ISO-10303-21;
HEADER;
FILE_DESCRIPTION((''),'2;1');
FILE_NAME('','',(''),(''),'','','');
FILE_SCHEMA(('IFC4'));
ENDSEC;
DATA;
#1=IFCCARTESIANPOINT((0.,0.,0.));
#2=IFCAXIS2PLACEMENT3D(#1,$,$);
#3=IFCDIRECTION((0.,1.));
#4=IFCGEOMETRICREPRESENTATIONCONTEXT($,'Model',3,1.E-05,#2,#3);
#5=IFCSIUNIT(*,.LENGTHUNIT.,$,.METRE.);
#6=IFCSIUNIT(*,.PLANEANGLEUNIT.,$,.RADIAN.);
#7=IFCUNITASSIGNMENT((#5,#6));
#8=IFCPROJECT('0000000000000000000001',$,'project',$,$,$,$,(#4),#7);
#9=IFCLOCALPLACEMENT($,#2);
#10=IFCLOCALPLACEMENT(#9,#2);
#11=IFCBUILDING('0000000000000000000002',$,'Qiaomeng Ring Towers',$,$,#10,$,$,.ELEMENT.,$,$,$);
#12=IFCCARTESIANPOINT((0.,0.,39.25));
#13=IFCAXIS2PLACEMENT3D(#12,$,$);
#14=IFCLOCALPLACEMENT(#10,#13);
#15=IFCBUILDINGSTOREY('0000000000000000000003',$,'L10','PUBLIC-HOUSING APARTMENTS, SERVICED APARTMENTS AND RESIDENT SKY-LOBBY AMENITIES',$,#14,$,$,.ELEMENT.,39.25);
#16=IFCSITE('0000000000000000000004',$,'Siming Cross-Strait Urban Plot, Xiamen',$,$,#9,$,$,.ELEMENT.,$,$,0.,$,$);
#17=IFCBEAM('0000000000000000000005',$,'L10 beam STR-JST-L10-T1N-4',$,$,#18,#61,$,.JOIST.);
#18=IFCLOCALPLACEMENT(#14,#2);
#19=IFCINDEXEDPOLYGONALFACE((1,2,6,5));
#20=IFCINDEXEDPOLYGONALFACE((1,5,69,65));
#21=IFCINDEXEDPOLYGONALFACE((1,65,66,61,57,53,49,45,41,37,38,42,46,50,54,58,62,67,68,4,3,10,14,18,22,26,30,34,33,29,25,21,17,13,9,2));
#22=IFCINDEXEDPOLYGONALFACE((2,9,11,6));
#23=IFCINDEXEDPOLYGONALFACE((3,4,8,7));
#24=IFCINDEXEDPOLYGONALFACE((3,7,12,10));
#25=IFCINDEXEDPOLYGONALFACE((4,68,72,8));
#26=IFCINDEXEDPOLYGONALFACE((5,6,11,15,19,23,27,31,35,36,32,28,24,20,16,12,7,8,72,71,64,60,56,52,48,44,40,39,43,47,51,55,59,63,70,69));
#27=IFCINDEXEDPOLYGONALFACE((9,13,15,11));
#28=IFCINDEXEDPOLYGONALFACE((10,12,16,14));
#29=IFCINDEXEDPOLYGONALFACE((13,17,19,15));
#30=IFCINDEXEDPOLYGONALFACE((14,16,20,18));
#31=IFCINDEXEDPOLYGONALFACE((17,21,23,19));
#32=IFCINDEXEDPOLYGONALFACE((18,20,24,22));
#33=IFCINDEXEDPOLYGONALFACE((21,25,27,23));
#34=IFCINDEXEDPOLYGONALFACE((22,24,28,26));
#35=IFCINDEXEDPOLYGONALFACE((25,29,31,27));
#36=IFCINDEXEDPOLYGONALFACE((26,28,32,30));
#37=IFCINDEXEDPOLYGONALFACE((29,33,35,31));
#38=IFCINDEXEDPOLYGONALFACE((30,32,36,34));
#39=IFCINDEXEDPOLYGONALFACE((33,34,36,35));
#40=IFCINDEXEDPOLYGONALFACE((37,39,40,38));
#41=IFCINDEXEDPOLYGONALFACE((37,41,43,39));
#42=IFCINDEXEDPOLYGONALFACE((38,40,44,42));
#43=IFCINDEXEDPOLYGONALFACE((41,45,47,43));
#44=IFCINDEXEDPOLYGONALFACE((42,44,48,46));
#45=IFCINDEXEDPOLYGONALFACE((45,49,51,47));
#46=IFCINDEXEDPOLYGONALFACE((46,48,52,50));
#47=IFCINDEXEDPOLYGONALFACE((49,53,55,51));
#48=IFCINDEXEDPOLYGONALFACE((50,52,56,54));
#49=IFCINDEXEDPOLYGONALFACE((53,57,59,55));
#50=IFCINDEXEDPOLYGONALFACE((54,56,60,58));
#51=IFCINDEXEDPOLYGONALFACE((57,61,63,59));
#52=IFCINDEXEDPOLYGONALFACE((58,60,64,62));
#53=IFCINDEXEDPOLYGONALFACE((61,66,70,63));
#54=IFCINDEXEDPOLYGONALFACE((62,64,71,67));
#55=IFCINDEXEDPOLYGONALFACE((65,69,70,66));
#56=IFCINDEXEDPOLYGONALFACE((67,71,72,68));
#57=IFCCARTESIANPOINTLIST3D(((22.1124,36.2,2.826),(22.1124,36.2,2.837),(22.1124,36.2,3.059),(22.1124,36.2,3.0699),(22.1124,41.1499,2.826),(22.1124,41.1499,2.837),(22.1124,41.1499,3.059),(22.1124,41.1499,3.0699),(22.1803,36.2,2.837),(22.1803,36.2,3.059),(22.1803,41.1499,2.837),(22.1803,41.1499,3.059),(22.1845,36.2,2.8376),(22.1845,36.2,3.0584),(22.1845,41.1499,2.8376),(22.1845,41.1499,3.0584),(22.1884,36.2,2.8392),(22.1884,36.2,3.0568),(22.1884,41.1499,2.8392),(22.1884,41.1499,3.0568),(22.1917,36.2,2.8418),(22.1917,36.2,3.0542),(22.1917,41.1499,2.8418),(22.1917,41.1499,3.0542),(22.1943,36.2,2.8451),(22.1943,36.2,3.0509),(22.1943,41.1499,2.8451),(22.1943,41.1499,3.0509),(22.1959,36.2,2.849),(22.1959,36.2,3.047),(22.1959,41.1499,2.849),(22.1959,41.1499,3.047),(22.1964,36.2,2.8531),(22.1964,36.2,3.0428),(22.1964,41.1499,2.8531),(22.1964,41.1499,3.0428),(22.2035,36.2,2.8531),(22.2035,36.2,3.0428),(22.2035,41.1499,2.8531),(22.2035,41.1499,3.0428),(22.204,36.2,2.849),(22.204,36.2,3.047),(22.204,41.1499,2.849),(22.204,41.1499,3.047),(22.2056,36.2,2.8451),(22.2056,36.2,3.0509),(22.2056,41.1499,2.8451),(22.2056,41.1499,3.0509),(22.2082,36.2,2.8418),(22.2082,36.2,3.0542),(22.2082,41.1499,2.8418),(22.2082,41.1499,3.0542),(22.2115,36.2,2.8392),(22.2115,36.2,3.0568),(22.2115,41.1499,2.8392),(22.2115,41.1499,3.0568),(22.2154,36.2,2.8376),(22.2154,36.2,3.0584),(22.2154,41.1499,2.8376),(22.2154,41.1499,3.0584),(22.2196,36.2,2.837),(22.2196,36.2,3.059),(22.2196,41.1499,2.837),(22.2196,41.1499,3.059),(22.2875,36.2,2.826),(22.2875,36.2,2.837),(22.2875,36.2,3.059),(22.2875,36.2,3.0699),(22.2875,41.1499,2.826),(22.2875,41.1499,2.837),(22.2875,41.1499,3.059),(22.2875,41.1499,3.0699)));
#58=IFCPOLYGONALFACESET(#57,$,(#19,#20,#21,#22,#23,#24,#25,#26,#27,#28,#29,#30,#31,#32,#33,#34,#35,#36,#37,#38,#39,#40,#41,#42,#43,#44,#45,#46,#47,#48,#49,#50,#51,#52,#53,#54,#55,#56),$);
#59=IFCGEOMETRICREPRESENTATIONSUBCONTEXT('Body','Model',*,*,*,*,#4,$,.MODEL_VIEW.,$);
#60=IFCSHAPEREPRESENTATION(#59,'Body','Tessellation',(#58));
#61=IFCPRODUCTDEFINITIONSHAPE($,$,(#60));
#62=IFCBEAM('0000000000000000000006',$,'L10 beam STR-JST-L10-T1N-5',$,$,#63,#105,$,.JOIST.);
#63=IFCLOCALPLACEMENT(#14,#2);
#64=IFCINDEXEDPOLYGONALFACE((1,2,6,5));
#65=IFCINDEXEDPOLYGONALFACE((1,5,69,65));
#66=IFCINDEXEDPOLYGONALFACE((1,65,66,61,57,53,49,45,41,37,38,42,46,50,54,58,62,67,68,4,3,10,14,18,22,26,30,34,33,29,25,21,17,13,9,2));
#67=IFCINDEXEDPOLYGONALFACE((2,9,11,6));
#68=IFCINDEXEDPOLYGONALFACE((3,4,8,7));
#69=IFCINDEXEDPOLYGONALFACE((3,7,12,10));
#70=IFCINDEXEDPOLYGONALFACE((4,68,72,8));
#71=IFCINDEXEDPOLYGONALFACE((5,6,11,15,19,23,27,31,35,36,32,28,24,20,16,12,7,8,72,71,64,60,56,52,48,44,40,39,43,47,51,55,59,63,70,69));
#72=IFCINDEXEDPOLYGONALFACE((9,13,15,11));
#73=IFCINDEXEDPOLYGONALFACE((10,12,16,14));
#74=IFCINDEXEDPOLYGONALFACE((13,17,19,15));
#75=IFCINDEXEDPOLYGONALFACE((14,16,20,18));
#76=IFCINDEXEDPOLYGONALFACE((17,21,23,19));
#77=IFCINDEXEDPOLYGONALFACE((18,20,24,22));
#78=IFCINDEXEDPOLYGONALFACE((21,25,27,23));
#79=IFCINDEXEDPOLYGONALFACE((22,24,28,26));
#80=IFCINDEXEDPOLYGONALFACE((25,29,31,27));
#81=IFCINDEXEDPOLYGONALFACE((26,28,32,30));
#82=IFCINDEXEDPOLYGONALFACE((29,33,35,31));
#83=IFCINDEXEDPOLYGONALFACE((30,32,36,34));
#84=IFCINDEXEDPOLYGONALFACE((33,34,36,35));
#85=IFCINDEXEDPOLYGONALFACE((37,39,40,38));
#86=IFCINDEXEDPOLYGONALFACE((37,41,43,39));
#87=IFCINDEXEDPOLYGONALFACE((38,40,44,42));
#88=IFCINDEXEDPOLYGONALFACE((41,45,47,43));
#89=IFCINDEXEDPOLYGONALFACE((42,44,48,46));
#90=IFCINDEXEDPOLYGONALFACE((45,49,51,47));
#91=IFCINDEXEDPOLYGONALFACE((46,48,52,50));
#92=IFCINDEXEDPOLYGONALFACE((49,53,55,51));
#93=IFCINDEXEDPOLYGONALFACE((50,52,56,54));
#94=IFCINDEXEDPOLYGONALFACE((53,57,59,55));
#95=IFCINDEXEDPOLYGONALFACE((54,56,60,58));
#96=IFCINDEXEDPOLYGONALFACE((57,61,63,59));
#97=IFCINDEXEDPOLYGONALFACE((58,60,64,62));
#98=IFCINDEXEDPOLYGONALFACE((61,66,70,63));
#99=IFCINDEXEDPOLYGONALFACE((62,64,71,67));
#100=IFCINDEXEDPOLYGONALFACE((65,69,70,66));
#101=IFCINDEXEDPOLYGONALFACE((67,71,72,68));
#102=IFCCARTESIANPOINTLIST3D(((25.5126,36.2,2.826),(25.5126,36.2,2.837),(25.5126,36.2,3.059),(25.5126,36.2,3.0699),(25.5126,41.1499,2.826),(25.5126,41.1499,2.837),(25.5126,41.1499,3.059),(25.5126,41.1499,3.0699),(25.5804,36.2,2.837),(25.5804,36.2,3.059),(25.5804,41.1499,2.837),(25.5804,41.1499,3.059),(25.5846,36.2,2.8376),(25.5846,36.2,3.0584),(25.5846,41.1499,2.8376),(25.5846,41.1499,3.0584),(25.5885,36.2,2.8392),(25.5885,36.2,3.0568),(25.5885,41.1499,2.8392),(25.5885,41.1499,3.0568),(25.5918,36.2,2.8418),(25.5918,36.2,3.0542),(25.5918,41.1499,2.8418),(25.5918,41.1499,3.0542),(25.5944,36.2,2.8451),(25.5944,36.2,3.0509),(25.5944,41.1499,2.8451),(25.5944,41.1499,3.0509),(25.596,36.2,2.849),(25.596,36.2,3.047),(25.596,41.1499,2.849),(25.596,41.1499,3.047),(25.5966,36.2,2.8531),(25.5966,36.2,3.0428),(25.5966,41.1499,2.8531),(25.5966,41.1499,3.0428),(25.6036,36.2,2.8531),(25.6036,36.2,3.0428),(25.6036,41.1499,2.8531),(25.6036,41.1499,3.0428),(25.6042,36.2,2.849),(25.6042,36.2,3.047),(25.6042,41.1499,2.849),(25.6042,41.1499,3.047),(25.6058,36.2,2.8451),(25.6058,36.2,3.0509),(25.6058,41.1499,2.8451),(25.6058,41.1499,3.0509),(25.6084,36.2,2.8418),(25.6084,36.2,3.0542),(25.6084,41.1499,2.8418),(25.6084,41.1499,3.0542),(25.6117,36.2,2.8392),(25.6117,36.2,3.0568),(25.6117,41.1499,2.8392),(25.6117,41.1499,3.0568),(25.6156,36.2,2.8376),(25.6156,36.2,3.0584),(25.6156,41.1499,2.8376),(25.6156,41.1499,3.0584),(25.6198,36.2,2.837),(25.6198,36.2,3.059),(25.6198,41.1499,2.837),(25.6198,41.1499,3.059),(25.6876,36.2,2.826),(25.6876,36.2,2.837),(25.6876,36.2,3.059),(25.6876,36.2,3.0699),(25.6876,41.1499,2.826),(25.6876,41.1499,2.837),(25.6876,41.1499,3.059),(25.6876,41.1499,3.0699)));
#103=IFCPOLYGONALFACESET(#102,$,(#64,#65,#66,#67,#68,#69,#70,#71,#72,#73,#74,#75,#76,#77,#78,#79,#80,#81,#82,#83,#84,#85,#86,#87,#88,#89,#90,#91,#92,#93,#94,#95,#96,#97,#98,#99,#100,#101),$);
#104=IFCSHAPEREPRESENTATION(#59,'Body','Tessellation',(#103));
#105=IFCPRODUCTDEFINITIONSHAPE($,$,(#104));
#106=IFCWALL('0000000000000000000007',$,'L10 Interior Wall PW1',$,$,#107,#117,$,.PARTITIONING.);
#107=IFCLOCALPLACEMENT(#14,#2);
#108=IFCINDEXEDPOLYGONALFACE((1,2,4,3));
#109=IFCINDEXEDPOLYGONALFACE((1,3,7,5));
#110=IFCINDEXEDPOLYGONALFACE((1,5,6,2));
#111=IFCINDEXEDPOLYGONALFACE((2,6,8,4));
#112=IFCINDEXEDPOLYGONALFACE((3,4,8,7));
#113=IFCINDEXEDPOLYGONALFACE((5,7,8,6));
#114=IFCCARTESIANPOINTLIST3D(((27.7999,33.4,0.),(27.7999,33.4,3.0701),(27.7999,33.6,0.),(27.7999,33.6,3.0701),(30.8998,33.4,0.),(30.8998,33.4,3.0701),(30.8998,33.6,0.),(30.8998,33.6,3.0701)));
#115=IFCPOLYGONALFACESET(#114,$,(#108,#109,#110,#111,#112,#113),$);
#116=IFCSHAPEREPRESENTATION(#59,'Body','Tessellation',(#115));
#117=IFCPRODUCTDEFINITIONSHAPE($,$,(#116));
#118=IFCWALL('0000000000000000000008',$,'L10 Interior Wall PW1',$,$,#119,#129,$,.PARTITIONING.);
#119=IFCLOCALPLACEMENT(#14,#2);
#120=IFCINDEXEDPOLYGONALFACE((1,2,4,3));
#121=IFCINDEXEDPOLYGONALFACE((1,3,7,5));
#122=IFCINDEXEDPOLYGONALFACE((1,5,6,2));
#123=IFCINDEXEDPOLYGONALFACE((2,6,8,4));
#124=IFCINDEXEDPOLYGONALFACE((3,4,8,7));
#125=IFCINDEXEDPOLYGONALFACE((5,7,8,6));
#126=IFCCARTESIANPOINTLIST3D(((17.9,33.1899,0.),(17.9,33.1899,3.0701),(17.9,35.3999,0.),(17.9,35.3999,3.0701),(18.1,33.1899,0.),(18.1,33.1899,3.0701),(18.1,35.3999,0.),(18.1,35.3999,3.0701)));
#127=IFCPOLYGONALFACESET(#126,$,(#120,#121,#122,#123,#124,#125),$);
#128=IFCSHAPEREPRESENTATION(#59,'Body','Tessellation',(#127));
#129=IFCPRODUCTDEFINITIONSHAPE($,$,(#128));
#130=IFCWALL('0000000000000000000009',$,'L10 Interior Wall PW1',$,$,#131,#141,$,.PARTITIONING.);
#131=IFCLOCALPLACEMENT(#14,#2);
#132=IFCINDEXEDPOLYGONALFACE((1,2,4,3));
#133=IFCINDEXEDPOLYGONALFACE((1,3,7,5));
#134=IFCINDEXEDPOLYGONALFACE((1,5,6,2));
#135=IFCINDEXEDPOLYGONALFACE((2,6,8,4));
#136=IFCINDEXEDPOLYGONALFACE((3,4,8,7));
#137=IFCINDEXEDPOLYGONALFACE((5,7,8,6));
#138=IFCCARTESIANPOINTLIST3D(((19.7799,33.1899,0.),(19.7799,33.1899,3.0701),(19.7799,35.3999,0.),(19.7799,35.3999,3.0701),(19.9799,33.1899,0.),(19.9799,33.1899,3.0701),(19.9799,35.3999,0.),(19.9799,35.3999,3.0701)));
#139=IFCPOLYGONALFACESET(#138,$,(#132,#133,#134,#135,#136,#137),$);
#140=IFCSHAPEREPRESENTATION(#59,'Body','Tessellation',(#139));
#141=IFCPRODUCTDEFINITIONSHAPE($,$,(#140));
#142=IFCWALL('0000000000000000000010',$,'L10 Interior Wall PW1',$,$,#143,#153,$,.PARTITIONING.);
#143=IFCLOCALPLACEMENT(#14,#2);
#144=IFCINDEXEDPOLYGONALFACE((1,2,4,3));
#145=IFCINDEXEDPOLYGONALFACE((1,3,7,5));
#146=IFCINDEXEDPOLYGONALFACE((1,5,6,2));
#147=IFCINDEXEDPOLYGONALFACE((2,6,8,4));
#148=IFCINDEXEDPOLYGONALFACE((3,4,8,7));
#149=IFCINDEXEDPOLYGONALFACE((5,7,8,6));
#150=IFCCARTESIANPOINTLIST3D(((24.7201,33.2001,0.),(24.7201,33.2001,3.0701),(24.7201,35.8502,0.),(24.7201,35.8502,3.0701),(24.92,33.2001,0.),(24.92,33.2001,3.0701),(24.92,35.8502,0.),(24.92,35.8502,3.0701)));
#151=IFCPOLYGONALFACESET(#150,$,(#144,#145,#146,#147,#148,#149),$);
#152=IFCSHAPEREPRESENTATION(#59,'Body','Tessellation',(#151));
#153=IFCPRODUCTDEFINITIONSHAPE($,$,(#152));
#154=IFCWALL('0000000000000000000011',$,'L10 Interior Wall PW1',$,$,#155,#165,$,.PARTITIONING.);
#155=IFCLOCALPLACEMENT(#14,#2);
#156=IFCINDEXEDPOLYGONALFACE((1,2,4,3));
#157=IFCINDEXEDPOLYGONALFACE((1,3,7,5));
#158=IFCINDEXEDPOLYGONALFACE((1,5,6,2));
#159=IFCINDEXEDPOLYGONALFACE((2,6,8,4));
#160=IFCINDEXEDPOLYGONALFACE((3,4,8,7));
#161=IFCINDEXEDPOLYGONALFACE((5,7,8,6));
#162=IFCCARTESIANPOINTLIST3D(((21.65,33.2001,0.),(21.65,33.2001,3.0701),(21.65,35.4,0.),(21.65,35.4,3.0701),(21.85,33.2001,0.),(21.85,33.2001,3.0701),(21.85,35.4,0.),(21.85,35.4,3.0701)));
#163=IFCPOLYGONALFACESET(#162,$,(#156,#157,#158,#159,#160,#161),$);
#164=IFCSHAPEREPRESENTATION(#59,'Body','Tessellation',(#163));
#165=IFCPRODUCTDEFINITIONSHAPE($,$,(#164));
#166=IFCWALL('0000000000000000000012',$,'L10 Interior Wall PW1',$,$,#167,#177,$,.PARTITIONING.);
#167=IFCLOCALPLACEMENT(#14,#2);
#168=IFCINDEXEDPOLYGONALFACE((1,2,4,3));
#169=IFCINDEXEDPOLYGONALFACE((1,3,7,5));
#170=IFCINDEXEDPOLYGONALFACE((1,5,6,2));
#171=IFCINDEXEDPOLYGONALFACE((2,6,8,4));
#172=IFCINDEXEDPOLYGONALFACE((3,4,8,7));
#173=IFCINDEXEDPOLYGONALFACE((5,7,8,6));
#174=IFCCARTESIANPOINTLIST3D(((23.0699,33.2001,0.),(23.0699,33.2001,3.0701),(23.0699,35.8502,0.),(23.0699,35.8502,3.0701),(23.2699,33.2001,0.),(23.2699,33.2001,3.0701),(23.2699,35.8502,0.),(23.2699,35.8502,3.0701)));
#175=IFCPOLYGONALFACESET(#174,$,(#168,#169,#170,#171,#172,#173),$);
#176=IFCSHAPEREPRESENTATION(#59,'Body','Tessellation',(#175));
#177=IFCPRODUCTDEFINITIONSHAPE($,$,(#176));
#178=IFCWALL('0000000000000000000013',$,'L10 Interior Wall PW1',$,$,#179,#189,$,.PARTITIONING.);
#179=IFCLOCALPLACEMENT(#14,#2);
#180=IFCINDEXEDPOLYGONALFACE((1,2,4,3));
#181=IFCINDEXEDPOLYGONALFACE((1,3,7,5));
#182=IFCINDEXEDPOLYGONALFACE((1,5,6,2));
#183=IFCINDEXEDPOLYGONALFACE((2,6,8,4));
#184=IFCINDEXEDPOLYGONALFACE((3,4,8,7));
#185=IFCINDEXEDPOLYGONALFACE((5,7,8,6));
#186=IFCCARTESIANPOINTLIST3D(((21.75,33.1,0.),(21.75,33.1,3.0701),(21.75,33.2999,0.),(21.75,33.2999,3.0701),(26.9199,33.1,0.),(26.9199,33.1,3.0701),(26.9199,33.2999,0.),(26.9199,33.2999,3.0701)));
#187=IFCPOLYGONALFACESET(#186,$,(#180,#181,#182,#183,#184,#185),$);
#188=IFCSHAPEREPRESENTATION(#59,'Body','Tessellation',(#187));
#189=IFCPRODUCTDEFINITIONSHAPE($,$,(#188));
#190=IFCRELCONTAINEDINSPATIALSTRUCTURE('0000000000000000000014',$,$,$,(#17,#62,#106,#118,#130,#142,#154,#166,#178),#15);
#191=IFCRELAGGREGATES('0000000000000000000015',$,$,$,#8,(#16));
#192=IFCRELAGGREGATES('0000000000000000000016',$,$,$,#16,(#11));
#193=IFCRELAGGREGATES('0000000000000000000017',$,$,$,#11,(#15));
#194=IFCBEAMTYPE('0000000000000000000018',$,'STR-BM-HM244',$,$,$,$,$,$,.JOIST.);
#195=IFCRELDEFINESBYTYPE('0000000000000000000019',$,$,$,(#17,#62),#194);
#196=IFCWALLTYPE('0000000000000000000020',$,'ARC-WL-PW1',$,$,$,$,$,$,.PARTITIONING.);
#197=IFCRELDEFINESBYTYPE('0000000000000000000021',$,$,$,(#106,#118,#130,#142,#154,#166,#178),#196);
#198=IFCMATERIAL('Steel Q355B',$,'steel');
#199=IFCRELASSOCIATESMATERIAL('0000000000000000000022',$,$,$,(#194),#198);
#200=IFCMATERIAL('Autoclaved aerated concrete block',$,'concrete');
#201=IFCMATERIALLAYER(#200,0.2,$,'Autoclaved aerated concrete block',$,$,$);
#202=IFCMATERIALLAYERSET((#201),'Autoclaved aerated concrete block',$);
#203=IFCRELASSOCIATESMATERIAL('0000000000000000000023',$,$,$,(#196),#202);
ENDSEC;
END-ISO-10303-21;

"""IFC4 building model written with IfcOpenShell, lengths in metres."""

from ifc_helpers import new_model, si_unit, direction, frame, frame_2d, origin, origin_2d, place, context, subcontext, project, spatial, rectangle, i_section, extrude, source, transform, mapped, material, layer, layer_set, material_profile, profile_set, type_object, element, save


model = new_model("IFC4")

# Units and contexts
model_context = context("Model", 3, precision=1e-05, world=origin(), true_north=direction((0.0, 1.0)))
body_context = subcontext(model_context, "Body", "Model", "MODEL_VIEW")
ifc_project = project(units=[si_unit("LENGTHUNIT", "METRE"), si_unit("PLANEANGLEUNIT", "RADIAN")], contexts=[model_context])

# Site, building, storey
site_placement = place(None, origin())
site = spatial("IfcSite", under=ifc_project, at=site_placement, Name="Siming Cross-Strait Urban Plot, Xiamen", CompositionType="ELEMENT", RefElevation=0.0)
building_placement = place(site_placement, origin())
building = spatial("IfcBuilding", under=site, at=building_placement, Name="Qiaomeng Ring Towers", CompositionType="ELEMENT")
storey_placement = place(building_placement, frame((0.0, 0.0, 39.25)))
storey = spatial("IfcBuildingStorey", under=building, at=storey_placement, Name="L10", Description="PUBLIC-HOUSING APARTMENTS, SERVICED APARTMENTS AND RESIDENT SKY-LOBBY AMENITIES", CompositionType="ELEMENT", Elevation=39.25)

# Beams
ifc_material_1 = material(Name="Steel Q355B", Category="steel")
ifc_material_profile_1 = material_profile(ifc_material_1, i_section(OverallWidth=0.175, OverallDepth=0.2439, WebThickness=0.0071, FlangeThickness=0.011, FilletRadius=0.0161, at=origin_2d()), Name="HM 244x175x7x11")
ifc_profile_set_1 = profile_set([ifc_material_profile_1], Name="Steel Q355B")
beam_type_1 = type_object("IfcBeamType", Name="STR-BM-HM244", PredefinedType="JOIST", material=ifc_profile_set_1)
shared_shape_1 = source(origin(), body_context, "Body", "SweptSolid", [
    extrude(i_section(OverallWidth=0.175, OverallDepth=0.2439, WebThickness=0.0071, FlangeThickness=0.011, FilletRadius=0.0161, at=origin_2d()), origin(), (0.0, 0.0, 1.0), 4.95),
])
for number, where, z_axis, x_axis, name in (
    (1, (22.2, 36.2, 2.948), (0.0, 1.0, 0.0), (-1.0, 0.0, 0.0), "L10 beam STR-JST-L10-T1N-4"),
    (2, (25.6001, 36.2, 2.948), (0.0, 1.0, 0.0), (-1.0, 0.0, 0.0), "L10 beam STR-JST-L10-T1N-5"),
):
    element("IfcBeam", number, at=place(storey_placement, frame(where, z_axis=z_axis, x_axis=x_axis)), inside=storey, type_object=beam_type_1, Name=name, PredefinedType="JOIST", context=body_context, shape_type="MappedRepresentation", body=[
        mapped(shared_shape_1, transform((0.0, 0.0, 0.0), x_axis=(1.0, 0.0, 0.0), y_axis=(0.0, 1.0, 0.0), z_axis=(0.0, 0.0, 1.0), scale=1.0)),
    ])

# Walls
ifc_material_2 = material(Name="Autoclaved aerated concrete block", Category="concrete")
ifc_layer_1 = layer(ifc_material_2, 0.2, Name="Autoclaved aerated concrete block")
ifc_layer_set_1 = layer_set([ifc_layer_1], Name="Autoclaved aerated concrete block")
wall_type_1 = type_object("IfcWallType", Name="ARC-WL-PW1", PredefinedType="PARTITIONING", material=ifc_layer_set_1)
wall_1_placement = place(storey_placement, frame((27.8, 33.5, 0.0), z_axis=(0.0, 0.0, 1.0), x_axis=(1.0, 0.0, 0.0)))
element("IfcWall", 3, at=wall_1_placement, inside=storey, type_object=wall_type_1, Name="L10 Interior Wall PW1", PredefinedType="PARTITIONING", context=body_context, shape_type="SweptSolid", body=[
    extrude(rectangle(XDim=3.0999, YDim=0.2, at=frame_2d((1.5498, 0.0))), origin(), (0.0, 0.0, 1.0), 3.0701),
])
for number, where, z_axis, x_axis, name in (
    (4, (18.0, 33.1899, 0.0), (0.0, 0.0, 1.0), (0.0, 1.0, 0.0), "L10 Interior Wall PW1"),
    (5, (19.8799, 33.1899, 0.0), (0.0, 0.0, 1.0), (0.0, 1.0, 0.0), "L10 Interior Wall PW1"),
):
    element("IfcWall", number, at=place(storey_placement, frame(where, z_axis=z_axis, x_axis=x_axis)), inside=storey, type_object=wall_type_1, Name=name, PredefinedType="PARTITIONING", context=body_context, shape_type="SweptSolid", body=[
        extrude(rectangle(XDim=2.21, YDim=0.2, at=frame_2d((1.105, 0.0))), origin(), (0.0, 0.0, 1.0), 3.0701),
    ])
wall_2_placement = place(storey_placement, frame((24.8201, 33.2, 0.0), z_axis=(0.0, 0.0, 1.0), x_axis=(0.0, 1.0, 0.0)))
element("IfcWall", 6, at=wall_2_placement, inside=storey, type_object=wall_type_1, Name="L10 Interior Wall PW1", PredefinedType="PARTITIONING", context=body_context, shape_type="SweptSolid", body=[
    extrude(rectangle(XDim=2.6501, YDim=0.2, at=frame_2d((1.3252, 0.0))), origin(), (0.0, 0.0, 1.0), 3.0701),
])
wall_3_placement = place(storey_placement, frame((21.75, 33.2, 0.0), z_axis=(0.0, 0.0, 1.0), x_axis=(0.0, 1.0, 0.0)))
element("IfcWall", 7, at=wall_3_placement, inside=storey, type_object=wall_type_1, Name="L10 Interior Wall PW1", PredefinedType="PARTITIONING", context=body_context, shape_type="SweptSolid", body=[
    extrude(rectangle(XDim=2.2, YDim=0.2, at=frame_2d((1.1001, 0.0))), origin(), (0.0, 0.0, 1.0), 3.0701),
])
wall_4_placement = place(storey_placement, frame((23.1699, 33.2, 0.0), z_axis=(0.0, 0.0, 1.0), x_axis=(0.0, 1.0, 0.0)))
element("IfcWall", 8, at=wall_4_placement, inside=storey, type_object=wall_type_1, Name="L10 Interior Wall PW1", PredefinedType="PARTITIONING", context=body_context, shape_type="SweptSolid", body=[
    extrude(rectangle(XDim=2.6501, YDim=0.2, at=frame_2d((1.3252, 0.0))), origin(), (0.0, 0.0, 1.0), 3.0701),
])
wall_5_placement = place(storey_placement, frame((21.75, 33.2, 0.0), z_axis=(0.0, 0.0, 1.0), x_axis=(1.0, 0.0, 0.0)))
element("IfcWall", 9, at=wall_5_placement, inside=storey, type_object=wall_type_1, Name="L10 Interior Wall PW1", PredefinedType="PARTITIONING", context=body_context, shape_type="SweptSolid", body=[
    extrude(rectangle(XDim=5.1699, YDim=0.2, at=frame_2d((2.585, 0.0))), origin(), (0.0, 0.0, 1.0), 3.0701),
])

save(model, "model.ifc")
